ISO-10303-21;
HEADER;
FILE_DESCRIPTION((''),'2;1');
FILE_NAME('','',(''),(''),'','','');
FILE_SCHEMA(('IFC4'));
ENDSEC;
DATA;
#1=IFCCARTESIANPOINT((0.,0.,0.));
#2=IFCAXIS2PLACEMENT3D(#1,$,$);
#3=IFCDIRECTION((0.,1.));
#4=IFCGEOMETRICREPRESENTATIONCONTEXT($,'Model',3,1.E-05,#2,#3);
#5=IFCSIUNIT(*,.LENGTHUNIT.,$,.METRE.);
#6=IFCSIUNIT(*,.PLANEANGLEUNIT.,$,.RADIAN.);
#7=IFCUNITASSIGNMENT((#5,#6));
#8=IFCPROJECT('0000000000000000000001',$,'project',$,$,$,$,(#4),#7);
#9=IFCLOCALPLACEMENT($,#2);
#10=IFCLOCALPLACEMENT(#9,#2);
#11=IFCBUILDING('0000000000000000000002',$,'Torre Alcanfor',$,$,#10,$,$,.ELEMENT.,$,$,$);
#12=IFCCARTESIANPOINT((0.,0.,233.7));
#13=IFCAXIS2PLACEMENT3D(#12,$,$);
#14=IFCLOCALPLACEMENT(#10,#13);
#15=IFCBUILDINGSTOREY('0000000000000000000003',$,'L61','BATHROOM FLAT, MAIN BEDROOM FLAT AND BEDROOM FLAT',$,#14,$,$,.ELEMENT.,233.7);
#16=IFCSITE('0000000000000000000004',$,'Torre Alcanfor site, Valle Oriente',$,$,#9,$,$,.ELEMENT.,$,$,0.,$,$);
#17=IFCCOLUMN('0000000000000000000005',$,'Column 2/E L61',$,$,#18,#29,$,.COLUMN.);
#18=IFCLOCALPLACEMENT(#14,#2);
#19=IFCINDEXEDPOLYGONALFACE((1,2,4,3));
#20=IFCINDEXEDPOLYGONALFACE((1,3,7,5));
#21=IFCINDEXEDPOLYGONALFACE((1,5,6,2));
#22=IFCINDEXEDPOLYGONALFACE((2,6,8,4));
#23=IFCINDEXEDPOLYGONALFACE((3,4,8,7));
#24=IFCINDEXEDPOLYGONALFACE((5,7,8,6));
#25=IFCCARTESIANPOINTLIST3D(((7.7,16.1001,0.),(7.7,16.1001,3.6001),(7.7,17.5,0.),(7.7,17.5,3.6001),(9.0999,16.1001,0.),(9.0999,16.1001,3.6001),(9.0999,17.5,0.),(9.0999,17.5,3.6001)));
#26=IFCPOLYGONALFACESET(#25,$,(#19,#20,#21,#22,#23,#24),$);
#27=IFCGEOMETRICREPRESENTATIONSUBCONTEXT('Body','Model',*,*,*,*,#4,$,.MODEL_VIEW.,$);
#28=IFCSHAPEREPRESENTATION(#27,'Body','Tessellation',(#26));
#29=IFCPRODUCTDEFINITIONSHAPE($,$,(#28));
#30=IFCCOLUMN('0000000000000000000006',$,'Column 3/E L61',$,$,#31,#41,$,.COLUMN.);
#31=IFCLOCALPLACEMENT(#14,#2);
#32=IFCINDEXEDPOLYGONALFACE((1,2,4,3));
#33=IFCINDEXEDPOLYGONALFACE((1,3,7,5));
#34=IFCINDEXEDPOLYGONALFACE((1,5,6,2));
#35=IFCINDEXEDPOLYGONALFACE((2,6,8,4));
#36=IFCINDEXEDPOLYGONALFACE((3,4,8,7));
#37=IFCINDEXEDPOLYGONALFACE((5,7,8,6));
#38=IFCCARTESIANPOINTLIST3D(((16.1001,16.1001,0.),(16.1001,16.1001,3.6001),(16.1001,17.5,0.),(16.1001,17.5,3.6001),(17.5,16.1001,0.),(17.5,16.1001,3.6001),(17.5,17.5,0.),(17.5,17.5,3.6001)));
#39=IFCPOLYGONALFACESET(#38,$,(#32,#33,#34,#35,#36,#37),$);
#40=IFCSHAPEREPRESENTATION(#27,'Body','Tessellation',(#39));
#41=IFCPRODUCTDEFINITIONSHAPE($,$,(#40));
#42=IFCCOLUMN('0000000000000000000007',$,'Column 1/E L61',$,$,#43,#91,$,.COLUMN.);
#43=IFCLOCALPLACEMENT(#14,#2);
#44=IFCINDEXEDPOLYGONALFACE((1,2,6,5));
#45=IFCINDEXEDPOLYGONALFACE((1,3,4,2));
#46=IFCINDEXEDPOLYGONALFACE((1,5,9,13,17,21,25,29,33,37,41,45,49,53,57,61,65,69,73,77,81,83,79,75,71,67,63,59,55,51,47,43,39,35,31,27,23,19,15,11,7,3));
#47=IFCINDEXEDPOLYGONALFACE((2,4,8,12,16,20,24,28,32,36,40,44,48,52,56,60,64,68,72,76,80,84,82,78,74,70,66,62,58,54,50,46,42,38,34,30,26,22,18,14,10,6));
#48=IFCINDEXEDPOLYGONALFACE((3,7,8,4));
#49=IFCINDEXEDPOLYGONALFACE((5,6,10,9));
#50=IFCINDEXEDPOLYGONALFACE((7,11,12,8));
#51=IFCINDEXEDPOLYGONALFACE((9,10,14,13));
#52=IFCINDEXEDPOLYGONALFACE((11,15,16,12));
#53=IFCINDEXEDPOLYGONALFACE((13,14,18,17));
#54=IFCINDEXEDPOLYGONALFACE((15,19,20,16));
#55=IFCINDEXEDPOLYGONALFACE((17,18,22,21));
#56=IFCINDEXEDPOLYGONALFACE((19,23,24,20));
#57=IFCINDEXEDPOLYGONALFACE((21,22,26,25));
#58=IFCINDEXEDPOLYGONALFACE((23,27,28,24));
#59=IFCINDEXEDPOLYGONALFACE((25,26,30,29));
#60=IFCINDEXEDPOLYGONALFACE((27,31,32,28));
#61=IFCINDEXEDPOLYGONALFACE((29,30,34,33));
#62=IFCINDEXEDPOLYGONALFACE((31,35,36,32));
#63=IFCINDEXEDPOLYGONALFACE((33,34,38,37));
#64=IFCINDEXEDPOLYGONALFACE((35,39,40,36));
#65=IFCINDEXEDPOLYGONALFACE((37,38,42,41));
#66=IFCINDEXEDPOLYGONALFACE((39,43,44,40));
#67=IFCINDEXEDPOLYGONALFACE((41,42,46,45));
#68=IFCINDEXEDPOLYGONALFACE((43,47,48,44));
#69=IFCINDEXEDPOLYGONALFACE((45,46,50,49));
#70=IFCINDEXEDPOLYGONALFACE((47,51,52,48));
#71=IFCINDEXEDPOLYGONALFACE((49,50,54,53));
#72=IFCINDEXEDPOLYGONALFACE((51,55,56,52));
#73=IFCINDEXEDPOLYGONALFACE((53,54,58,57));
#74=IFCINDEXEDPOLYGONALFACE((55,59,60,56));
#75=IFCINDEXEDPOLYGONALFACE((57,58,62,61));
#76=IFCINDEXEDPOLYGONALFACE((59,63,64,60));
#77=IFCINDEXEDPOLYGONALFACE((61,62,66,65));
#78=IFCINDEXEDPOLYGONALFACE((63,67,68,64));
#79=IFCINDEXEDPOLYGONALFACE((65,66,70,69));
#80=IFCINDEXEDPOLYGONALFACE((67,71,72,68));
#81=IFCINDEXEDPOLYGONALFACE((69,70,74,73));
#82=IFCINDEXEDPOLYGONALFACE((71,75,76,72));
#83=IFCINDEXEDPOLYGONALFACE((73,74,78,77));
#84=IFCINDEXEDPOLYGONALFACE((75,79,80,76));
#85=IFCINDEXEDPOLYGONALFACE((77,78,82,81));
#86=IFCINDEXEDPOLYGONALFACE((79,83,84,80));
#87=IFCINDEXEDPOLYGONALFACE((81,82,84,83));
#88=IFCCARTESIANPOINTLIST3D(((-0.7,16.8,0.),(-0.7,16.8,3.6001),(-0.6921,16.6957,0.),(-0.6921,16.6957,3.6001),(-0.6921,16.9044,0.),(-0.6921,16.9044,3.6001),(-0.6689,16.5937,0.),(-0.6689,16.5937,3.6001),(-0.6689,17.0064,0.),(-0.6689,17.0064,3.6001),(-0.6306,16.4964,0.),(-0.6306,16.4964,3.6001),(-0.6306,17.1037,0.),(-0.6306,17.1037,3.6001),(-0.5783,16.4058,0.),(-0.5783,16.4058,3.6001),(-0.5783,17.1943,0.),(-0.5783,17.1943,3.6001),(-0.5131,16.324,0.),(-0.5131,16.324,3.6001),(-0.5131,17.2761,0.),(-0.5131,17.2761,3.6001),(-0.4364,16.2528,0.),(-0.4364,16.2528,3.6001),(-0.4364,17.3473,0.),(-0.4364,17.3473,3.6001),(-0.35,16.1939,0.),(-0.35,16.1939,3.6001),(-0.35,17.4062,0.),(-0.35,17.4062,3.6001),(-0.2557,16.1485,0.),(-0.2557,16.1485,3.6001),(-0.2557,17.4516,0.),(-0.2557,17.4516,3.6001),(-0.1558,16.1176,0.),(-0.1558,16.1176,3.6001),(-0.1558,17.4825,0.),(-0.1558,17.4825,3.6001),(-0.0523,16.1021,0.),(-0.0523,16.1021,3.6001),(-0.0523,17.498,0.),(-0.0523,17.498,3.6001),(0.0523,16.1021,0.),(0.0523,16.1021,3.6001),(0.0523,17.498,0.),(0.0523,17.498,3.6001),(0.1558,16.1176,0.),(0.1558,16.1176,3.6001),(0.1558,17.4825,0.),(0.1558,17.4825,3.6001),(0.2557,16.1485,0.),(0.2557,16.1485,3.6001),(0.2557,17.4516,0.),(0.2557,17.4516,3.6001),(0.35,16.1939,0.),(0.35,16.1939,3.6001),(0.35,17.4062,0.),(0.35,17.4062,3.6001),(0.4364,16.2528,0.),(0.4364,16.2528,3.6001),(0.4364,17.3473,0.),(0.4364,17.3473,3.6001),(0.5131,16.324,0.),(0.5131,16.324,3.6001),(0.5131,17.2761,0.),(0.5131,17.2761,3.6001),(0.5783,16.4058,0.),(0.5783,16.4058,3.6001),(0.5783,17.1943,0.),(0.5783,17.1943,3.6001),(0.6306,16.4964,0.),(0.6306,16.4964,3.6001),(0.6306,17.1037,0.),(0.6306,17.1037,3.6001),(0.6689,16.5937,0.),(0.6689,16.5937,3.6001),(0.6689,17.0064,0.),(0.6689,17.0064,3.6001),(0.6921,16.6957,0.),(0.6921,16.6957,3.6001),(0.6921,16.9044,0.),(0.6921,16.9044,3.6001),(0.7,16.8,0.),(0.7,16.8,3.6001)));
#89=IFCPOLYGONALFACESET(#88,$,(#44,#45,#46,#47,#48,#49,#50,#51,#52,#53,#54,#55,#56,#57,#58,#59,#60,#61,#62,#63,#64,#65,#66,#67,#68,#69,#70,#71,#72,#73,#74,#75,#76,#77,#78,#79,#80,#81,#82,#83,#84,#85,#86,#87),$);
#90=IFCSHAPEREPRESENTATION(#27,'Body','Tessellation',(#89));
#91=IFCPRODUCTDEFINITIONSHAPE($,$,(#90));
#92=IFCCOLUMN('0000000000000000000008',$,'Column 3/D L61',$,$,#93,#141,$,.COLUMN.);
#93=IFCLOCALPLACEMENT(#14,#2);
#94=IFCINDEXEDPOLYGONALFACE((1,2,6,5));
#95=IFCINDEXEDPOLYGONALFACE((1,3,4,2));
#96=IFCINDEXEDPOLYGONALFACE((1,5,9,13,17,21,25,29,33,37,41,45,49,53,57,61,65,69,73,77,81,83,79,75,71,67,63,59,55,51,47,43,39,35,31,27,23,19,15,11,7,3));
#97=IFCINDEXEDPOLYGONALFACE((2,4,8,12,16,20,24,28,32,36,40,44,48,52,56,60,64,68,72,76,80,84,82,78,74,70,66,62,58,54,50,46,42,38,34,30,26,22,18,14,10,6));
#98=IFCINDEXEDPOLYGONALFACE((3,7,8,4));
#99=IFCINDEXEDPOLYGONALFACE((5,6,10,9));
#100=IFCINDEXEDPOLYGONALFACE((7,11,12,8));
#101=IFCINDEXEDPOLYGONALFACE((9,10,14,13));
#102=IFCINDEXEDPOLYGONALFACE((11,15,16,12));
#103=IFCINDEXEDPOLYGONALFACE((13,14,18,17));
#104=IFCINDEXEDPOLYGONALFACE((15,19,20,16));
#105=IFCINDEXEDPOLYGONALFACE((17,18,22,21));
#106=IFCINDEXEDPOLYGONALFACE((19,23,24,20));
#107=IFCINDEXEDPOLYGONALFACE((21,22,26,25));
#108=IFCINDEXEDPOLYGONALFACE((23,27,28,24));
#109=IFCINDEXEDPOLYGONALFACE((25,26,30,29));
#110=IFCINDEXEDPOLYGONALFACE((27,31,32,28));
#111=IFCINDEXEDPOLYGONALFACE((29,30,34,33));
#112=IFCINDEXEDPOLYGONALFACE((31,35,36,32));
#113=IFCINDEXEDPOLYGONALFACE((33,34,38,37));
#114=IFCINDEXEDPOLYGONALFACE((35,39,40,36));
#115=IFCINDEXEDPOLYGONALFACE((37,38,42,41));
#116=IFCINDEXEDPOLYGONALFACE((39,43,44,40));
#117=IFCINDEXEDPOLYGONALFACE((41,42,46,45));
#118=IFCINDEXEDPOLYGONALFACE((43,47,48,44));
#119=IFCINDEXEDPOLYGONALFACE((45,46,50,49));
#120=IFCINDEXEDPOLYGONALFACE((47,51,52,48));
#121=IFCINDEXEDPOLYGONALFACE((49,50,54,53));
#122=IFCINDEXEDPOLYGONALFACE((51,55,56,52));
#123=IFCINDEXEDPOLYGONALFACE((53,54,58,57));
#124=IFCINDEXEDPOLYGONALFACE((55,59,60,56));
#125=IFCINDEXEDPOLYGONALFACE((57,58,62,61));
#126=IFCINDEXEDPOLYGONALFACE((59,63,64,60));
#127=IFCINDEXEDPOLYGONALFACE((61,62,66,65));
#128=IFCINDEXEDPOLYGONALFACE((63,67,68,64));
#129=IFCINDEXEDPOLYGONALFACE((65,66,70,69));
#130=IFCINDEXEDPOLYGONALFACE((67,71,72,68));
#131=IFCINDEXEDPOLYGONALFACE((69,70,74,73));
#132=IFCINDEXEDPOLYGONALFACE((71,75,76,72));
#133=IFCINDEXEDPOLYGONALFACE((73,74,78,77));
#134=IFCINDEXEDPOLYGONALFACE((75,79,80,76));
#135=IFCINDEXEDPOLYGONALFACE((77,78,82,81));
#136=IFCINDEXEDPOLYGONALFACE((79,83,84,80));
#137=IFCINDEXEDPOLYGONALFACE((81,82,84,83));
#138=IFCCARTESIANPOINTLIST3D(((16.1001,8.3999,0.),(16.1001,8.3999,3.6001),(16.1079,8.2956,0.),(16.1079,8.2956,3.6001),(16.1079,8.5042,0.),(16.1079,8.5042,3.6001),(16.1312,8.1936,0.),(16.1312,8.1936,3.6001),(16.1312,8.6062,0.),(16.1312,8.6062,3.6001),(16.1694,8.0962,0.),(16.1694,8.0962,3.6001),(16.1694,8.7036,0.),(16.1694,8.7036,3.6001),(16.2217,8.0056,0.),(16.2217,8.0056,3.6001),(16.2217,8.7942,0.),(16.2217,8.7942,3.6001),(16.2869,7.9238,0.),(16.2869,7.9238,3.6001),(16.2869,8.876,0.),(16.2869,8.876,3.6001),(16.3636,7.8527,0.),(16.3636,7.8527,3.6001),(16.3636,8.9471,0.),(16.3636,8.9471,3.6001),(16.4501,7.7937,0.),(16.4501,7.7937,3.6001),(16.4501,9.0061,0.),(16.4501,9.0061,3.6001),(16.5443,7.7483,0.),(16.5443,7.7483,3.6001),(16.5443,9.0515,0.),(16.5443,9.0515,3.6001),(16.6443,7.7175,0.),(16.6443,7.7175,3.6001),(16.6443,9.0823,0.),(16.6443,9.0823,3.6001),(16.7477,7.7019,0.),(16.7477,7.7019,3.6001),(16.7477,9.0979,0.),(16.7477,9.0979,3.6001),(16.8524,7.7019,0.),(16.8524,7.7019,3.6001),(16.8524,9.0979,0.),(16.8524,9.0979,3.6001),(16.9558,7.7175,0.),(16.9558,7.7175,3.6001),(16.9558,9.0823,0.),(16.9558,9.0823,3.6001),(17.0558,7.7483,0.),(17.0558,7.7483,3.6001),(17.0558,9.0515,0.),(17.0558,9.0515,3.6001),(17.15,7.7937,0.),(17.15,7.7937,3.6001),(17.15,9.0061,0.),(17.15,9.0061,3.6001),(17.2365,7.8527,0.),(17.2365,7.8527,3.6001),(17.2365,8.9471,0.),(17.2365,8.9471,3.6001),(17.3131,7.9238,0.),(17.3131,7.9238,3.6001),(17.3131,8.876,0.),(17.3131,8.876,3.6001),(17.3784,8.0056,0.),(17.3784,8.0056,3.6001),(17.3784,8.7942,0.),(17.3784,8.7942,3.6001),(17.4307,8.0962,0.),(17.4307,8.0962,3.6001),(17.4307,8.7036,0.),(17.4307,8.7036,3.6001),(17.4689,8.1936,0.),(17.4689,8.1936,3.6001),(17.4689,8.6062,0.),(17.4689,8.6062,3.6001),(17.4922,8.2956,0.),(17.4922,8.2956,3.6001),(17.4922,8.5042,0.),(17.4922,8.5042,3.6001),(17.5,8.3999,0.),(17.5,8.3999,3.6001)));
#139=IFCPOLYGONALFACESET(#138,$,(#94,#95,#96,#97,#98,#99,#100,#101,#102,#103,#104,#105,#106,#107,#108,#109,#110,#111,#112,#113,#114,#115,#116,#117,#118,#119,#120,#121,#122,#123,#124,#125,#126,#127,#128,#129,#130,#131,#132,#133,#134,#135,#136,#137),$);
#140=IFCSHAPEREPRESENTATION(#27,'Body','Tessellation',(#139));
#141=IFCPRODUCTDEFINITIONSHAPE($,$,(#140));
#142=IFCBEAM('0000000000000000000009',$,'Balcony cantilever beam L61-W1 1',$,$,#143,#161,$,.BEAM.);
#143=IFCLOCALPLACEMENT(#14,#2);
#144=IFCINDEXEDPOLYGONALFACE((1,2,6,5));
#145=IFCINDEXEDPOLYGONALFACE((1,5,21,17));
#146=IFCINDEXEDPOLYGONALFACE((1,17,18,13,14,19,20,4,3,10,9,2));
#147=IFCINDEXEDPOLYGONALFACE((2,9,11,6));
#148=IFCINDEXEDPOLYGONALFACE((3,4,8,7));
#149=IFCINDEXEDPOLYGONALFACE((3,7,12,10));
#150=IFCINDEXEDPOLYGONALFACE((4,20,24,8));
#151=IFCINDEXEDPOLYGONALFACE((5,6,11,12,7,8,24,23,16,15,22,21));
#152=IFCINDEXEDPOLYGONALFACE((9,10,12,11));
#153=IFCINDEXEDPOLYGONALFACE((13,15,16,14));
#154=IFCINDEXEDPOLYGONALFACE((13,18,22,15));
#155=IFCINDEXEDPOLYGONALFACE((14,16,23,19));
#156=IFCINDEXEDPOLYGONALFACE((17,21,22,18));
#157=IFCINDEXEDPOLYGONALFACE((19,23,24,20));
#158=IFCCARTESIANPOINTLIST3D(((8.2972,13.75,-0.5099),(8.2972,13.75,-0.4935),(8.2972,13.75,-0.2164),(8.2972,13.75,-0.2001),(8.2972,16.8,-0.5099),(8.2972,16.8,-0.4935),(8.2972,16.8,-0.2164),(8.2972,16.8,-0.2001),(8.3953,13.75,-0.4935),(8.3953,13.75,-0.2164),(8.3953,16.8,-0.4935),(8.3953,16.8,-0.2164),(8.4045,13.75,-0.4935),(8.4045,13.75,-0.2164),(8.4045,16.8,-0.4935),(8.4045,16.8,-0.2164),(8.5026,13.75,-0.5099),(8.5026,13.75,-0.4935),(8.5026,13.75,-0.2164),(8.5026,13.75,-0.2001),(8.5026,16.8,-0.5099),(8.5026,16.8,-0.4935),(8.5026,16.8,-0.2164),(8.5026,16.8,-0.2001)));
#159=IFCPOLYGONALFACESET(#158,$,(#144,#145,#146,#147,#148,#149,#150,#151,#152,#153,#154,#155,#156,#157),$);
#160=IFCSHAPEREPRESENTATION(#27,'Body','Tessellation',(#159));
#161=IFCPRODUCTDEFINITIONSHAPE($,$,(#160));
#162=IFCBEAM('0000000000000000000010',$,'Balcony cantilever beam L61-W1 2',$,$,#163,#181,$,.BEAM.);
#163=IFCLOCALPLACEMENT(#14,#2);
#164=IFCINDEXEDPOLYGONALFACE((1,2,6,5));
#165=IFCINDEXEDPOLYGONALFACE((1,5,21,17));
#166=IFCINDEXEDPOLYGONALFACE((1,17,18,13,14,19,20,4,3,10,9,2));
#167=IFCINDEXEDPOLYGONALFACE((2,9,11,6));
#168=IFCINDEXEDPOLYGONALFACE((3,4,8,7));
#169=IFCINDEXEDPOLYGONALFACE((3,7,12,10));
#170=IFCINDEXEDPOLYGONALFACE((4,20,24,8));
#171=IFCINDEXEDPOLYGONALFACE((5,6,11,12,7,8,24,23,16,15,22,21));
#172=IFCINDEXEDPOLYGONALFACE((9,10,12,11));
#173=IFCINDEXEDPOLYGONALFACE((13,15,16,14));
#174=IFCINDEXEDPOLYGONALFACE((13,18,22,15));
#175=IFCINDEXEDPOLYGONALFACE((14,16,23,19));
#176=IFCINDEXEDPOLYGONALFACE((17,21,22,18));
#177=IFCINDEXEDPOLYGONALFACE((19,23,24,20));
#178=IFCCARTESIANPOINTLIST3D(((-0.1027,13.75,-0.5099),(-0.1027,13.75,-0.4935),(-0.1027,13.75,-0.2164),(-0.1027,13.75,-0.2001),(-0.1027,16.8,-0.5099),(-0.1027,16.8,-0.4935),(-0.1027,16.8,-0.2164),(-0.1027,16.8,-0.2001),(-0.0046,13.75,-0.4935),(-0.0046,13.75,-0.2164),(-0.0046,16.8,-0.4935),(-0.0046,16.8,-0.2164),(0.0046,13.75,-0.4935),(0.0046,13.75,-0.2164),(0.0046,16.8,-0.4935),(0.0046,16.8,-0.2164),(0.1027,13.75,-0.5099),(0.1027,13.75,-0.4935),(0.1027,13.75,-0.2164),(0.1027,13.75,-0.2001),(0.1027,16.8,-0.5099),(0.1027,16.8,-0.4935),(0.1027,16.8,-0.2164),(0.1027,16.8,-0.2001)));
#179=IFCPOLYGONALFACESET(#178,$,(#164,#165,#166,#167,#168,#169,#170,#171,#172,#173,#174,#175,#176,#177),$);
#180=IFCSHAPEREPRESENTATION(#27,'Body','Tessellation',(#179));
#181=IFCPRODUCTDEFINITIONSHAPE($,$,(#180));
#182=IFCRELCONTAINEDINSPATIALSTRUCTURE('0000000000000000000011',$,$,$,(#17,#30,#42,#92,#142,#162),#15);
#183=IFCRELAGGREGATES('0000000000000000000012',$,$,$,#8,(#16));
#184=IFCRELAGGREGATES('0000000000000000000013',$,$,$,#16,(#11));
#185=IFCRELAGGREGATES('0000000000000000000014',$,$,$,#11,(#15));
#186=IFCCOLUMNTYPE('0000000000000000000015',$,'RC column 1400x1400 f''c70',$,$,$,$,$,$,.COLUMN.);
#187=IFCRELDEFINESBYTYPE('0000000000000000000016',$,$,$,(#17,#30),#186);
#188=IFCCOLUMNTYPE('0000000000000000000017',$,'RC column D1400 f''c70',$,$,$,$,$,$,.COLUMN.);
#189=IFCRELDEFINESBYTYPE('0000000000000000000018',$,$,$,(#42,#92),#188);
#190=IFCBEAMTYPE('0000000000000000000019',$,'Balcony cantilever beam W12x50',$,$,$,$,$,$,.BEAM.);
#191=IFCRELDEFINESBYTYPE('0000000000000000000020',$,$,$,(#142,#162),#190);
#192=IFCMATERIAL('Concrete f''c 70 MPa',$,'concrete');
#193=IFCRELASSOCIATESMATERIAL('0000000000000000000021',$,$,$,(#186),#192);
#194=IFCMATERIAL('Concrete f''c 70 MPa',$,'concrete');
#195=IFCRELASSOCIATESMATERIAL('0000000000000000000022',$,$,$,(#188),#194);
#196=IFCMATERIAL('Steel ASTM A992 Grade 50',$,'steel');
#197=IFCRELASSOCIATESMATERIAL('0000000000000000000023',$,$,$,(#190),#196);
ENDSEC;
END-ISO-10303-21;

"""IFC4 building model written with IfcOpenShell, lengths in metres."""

from ifc_helpers import new_model, si_unit, direction, frame, origin, origin_2d, place, context, subcontext, project, spatial, rectangle, circle, i_section, extrude, material, material_profile, profile_set, type_object, element, save


model = new_model("IFC4")

# Units and contexts
model_context = context("Model", 3, precision=1e-05, world=origin(), true_north=direction((0.0, 1.0)))
body_context = subcontext(model_context, "Body", "Model", "MODEL_VIEW")
ifc_project = project(units=[si_unit("LENGTHUNIT", "METRE"), si_unit("PLANEANGLEUNIT", "RADIAN")], contexts=[model_context])

# Site, building, storey
site_placement = place(None, origin())
site = spatial("IfcSite", under=ifc_project, at=site_placement, Name="Torre Alcanfor site, Valle Oriente", CompositionType="ELEMENT", RefElevation=0.0)
building_placement = place(site_placement, origin())
building = spatial("IfcBuilding", under=site, at=building_placement, Name="Torre Alcanfor", CompositionType="ELEMENT")
storey_placement = place(building_placement, frame((0.0, 0.0, 233.7)))
storey = spatial("IfcBuildingStorey", under=building, at=storey_placement, Name="L61", Description="BATHROOM FLAT, MAIN BEDROOM FLAT AND BEDROOM FLAT", CompositionType="ELEMENT", Elevation=233.7)

# Columns
ifc_material_1 = material(Name="Concrete f'c 70 MPa", Category="concrete")
ifc_material_profile_1 = material_profile(ifc_material_1, rectangle(XDim=1.3999, YDim=1.3999, at=origin_2d()), Name="1400x1400")
ifc_profile_set_1 = profile_set([ifc_material_profile_1], Name="Concrete f'c 70 MPa")
column_type_1 = type_object("IfcColumnType", Name="RC column 1400x1400 f'c70", PredefinedType="COLUMN", material=ifc_profile_set_1)
for number, where, z_axis, x_axis, name in (
    (1, (8.3999, 16.8, 0.0), (0.0, 0.0, 1.0), (1.0, 0.0, 0.0), "Column 2/E L61"),
    (2, (16.8, 16.8, 0.0), (0.0, 0.0, 1.0), (1.0, 0.0, 0.0), "Column 3/E L61"),
):
    element("IfcColumn", number, at=place(storey_placement, frame(where, z_axis=z_axis, x_axis=x_axis)), inside=storey, type_object=column_type_1, Name=name, PredefinedType="COLUMN", context=body_context, shape_type="SweptSolid", body=[
        extrude(rectangle(XDim=1.3999, YDim=1.3999, at=origin_2d()), origin(), (0.0, 0.0, 1.0), 3.6001),
    ])
ifc_material_2 = material(Name="Concrete f'c 70 MPa", Category="concrete")
ifc_material_profile_2 = material_profile(ifc_material_2, circle(Radius=0.7, at=origin_2d()), Name="D1400")
ifc_profile_set_2 = profile_set([ifc_material_profile_2], Name="Concrete f'c 70 MPa")
column_type_2 = type_object("IfcColumnType", Name="RC column D1400 f'c70", PredefinedType="COLUMN", material=ifc_profile_set_2)
for number, where, z_axis, x_axis, name in (
    (3, (0.0, 16.8, 0.0), (0.0, 0.0, 1.0), (1.0, 0.0, 0.0), "Column 1/E L61"),
    (4, (16.8, 8.3999, 0.0), (0.0, 0.0, 1.0), (1.0, 0.0, 0.0), "Column 3/D L61"),
):
    element("IfcColumn", number, at=place(storey_placement, frame(where, z_axis=z_axis, x_axis=x_axis)), inside=storey, type_object=column_type_2, Name=name, PredefinedType="COLUMN", context=body_context, shape_type="SweptSolid", body=[
        extrude(circle(Radius=0.7, at=origin_2d()), origin(), (0.0, 0.0, 1.0), 3.6001),
    ])

# Beams
ifc_material_3 = material(Name="Steel ASTM A992 Grade 50", Category="steel")
ifc_material_profile_3 = material_profile(ifc_material_3, i_section(OverallWidth=0.2053, OverallDepth=0.3098, WebThickness=0.0093, FlangeThickness=0.0164, at=origin_2d()), Name="W12x50")
ifc_profile_set_3 = profile_set([ifc_material_profile_3], Name="Steel ASTM A992 Grade 50")
beam_type_1 = type_object("IfcBeamType", Name="Balcony cantilever beam W12x50", PredefinedType="BEAM", material=ifc_profile_set_3)
for number, where, z_axis, x_axis, name in (
    (5, (8.3999, 16.8, -0.355), (0.0, -1.0, 0.0), (1.0, 0.0, 0.0), "Balcony cantilever beam L61-W1 1"),
    (6, (0.0, 16.8, -0.355), (0.0, -1.0, 0.0), (1.0, 0.0, 0.0), "Balcony cantilever beam L61-W1 2"),
):
    element("IfcBeam", number, at=place(storey_placement, frame(where, z_axis=z_axis, x_axis=x_axis)), inside=storey, type_object=beam_type_1, Name=name, PredefinedType="BEAM", context=body_context, shape_type="SweptSolid", body=[
        extrude(i_section(OverallWidth=0.2053, OverallDepth=0.3098, WebThickness=0.0093, FlangeThickness=0.0164, at=origin_2d()), origin(), (0.0, 0.0, 1.0), 3.05),
    ])

save(model, "model.ifc")
